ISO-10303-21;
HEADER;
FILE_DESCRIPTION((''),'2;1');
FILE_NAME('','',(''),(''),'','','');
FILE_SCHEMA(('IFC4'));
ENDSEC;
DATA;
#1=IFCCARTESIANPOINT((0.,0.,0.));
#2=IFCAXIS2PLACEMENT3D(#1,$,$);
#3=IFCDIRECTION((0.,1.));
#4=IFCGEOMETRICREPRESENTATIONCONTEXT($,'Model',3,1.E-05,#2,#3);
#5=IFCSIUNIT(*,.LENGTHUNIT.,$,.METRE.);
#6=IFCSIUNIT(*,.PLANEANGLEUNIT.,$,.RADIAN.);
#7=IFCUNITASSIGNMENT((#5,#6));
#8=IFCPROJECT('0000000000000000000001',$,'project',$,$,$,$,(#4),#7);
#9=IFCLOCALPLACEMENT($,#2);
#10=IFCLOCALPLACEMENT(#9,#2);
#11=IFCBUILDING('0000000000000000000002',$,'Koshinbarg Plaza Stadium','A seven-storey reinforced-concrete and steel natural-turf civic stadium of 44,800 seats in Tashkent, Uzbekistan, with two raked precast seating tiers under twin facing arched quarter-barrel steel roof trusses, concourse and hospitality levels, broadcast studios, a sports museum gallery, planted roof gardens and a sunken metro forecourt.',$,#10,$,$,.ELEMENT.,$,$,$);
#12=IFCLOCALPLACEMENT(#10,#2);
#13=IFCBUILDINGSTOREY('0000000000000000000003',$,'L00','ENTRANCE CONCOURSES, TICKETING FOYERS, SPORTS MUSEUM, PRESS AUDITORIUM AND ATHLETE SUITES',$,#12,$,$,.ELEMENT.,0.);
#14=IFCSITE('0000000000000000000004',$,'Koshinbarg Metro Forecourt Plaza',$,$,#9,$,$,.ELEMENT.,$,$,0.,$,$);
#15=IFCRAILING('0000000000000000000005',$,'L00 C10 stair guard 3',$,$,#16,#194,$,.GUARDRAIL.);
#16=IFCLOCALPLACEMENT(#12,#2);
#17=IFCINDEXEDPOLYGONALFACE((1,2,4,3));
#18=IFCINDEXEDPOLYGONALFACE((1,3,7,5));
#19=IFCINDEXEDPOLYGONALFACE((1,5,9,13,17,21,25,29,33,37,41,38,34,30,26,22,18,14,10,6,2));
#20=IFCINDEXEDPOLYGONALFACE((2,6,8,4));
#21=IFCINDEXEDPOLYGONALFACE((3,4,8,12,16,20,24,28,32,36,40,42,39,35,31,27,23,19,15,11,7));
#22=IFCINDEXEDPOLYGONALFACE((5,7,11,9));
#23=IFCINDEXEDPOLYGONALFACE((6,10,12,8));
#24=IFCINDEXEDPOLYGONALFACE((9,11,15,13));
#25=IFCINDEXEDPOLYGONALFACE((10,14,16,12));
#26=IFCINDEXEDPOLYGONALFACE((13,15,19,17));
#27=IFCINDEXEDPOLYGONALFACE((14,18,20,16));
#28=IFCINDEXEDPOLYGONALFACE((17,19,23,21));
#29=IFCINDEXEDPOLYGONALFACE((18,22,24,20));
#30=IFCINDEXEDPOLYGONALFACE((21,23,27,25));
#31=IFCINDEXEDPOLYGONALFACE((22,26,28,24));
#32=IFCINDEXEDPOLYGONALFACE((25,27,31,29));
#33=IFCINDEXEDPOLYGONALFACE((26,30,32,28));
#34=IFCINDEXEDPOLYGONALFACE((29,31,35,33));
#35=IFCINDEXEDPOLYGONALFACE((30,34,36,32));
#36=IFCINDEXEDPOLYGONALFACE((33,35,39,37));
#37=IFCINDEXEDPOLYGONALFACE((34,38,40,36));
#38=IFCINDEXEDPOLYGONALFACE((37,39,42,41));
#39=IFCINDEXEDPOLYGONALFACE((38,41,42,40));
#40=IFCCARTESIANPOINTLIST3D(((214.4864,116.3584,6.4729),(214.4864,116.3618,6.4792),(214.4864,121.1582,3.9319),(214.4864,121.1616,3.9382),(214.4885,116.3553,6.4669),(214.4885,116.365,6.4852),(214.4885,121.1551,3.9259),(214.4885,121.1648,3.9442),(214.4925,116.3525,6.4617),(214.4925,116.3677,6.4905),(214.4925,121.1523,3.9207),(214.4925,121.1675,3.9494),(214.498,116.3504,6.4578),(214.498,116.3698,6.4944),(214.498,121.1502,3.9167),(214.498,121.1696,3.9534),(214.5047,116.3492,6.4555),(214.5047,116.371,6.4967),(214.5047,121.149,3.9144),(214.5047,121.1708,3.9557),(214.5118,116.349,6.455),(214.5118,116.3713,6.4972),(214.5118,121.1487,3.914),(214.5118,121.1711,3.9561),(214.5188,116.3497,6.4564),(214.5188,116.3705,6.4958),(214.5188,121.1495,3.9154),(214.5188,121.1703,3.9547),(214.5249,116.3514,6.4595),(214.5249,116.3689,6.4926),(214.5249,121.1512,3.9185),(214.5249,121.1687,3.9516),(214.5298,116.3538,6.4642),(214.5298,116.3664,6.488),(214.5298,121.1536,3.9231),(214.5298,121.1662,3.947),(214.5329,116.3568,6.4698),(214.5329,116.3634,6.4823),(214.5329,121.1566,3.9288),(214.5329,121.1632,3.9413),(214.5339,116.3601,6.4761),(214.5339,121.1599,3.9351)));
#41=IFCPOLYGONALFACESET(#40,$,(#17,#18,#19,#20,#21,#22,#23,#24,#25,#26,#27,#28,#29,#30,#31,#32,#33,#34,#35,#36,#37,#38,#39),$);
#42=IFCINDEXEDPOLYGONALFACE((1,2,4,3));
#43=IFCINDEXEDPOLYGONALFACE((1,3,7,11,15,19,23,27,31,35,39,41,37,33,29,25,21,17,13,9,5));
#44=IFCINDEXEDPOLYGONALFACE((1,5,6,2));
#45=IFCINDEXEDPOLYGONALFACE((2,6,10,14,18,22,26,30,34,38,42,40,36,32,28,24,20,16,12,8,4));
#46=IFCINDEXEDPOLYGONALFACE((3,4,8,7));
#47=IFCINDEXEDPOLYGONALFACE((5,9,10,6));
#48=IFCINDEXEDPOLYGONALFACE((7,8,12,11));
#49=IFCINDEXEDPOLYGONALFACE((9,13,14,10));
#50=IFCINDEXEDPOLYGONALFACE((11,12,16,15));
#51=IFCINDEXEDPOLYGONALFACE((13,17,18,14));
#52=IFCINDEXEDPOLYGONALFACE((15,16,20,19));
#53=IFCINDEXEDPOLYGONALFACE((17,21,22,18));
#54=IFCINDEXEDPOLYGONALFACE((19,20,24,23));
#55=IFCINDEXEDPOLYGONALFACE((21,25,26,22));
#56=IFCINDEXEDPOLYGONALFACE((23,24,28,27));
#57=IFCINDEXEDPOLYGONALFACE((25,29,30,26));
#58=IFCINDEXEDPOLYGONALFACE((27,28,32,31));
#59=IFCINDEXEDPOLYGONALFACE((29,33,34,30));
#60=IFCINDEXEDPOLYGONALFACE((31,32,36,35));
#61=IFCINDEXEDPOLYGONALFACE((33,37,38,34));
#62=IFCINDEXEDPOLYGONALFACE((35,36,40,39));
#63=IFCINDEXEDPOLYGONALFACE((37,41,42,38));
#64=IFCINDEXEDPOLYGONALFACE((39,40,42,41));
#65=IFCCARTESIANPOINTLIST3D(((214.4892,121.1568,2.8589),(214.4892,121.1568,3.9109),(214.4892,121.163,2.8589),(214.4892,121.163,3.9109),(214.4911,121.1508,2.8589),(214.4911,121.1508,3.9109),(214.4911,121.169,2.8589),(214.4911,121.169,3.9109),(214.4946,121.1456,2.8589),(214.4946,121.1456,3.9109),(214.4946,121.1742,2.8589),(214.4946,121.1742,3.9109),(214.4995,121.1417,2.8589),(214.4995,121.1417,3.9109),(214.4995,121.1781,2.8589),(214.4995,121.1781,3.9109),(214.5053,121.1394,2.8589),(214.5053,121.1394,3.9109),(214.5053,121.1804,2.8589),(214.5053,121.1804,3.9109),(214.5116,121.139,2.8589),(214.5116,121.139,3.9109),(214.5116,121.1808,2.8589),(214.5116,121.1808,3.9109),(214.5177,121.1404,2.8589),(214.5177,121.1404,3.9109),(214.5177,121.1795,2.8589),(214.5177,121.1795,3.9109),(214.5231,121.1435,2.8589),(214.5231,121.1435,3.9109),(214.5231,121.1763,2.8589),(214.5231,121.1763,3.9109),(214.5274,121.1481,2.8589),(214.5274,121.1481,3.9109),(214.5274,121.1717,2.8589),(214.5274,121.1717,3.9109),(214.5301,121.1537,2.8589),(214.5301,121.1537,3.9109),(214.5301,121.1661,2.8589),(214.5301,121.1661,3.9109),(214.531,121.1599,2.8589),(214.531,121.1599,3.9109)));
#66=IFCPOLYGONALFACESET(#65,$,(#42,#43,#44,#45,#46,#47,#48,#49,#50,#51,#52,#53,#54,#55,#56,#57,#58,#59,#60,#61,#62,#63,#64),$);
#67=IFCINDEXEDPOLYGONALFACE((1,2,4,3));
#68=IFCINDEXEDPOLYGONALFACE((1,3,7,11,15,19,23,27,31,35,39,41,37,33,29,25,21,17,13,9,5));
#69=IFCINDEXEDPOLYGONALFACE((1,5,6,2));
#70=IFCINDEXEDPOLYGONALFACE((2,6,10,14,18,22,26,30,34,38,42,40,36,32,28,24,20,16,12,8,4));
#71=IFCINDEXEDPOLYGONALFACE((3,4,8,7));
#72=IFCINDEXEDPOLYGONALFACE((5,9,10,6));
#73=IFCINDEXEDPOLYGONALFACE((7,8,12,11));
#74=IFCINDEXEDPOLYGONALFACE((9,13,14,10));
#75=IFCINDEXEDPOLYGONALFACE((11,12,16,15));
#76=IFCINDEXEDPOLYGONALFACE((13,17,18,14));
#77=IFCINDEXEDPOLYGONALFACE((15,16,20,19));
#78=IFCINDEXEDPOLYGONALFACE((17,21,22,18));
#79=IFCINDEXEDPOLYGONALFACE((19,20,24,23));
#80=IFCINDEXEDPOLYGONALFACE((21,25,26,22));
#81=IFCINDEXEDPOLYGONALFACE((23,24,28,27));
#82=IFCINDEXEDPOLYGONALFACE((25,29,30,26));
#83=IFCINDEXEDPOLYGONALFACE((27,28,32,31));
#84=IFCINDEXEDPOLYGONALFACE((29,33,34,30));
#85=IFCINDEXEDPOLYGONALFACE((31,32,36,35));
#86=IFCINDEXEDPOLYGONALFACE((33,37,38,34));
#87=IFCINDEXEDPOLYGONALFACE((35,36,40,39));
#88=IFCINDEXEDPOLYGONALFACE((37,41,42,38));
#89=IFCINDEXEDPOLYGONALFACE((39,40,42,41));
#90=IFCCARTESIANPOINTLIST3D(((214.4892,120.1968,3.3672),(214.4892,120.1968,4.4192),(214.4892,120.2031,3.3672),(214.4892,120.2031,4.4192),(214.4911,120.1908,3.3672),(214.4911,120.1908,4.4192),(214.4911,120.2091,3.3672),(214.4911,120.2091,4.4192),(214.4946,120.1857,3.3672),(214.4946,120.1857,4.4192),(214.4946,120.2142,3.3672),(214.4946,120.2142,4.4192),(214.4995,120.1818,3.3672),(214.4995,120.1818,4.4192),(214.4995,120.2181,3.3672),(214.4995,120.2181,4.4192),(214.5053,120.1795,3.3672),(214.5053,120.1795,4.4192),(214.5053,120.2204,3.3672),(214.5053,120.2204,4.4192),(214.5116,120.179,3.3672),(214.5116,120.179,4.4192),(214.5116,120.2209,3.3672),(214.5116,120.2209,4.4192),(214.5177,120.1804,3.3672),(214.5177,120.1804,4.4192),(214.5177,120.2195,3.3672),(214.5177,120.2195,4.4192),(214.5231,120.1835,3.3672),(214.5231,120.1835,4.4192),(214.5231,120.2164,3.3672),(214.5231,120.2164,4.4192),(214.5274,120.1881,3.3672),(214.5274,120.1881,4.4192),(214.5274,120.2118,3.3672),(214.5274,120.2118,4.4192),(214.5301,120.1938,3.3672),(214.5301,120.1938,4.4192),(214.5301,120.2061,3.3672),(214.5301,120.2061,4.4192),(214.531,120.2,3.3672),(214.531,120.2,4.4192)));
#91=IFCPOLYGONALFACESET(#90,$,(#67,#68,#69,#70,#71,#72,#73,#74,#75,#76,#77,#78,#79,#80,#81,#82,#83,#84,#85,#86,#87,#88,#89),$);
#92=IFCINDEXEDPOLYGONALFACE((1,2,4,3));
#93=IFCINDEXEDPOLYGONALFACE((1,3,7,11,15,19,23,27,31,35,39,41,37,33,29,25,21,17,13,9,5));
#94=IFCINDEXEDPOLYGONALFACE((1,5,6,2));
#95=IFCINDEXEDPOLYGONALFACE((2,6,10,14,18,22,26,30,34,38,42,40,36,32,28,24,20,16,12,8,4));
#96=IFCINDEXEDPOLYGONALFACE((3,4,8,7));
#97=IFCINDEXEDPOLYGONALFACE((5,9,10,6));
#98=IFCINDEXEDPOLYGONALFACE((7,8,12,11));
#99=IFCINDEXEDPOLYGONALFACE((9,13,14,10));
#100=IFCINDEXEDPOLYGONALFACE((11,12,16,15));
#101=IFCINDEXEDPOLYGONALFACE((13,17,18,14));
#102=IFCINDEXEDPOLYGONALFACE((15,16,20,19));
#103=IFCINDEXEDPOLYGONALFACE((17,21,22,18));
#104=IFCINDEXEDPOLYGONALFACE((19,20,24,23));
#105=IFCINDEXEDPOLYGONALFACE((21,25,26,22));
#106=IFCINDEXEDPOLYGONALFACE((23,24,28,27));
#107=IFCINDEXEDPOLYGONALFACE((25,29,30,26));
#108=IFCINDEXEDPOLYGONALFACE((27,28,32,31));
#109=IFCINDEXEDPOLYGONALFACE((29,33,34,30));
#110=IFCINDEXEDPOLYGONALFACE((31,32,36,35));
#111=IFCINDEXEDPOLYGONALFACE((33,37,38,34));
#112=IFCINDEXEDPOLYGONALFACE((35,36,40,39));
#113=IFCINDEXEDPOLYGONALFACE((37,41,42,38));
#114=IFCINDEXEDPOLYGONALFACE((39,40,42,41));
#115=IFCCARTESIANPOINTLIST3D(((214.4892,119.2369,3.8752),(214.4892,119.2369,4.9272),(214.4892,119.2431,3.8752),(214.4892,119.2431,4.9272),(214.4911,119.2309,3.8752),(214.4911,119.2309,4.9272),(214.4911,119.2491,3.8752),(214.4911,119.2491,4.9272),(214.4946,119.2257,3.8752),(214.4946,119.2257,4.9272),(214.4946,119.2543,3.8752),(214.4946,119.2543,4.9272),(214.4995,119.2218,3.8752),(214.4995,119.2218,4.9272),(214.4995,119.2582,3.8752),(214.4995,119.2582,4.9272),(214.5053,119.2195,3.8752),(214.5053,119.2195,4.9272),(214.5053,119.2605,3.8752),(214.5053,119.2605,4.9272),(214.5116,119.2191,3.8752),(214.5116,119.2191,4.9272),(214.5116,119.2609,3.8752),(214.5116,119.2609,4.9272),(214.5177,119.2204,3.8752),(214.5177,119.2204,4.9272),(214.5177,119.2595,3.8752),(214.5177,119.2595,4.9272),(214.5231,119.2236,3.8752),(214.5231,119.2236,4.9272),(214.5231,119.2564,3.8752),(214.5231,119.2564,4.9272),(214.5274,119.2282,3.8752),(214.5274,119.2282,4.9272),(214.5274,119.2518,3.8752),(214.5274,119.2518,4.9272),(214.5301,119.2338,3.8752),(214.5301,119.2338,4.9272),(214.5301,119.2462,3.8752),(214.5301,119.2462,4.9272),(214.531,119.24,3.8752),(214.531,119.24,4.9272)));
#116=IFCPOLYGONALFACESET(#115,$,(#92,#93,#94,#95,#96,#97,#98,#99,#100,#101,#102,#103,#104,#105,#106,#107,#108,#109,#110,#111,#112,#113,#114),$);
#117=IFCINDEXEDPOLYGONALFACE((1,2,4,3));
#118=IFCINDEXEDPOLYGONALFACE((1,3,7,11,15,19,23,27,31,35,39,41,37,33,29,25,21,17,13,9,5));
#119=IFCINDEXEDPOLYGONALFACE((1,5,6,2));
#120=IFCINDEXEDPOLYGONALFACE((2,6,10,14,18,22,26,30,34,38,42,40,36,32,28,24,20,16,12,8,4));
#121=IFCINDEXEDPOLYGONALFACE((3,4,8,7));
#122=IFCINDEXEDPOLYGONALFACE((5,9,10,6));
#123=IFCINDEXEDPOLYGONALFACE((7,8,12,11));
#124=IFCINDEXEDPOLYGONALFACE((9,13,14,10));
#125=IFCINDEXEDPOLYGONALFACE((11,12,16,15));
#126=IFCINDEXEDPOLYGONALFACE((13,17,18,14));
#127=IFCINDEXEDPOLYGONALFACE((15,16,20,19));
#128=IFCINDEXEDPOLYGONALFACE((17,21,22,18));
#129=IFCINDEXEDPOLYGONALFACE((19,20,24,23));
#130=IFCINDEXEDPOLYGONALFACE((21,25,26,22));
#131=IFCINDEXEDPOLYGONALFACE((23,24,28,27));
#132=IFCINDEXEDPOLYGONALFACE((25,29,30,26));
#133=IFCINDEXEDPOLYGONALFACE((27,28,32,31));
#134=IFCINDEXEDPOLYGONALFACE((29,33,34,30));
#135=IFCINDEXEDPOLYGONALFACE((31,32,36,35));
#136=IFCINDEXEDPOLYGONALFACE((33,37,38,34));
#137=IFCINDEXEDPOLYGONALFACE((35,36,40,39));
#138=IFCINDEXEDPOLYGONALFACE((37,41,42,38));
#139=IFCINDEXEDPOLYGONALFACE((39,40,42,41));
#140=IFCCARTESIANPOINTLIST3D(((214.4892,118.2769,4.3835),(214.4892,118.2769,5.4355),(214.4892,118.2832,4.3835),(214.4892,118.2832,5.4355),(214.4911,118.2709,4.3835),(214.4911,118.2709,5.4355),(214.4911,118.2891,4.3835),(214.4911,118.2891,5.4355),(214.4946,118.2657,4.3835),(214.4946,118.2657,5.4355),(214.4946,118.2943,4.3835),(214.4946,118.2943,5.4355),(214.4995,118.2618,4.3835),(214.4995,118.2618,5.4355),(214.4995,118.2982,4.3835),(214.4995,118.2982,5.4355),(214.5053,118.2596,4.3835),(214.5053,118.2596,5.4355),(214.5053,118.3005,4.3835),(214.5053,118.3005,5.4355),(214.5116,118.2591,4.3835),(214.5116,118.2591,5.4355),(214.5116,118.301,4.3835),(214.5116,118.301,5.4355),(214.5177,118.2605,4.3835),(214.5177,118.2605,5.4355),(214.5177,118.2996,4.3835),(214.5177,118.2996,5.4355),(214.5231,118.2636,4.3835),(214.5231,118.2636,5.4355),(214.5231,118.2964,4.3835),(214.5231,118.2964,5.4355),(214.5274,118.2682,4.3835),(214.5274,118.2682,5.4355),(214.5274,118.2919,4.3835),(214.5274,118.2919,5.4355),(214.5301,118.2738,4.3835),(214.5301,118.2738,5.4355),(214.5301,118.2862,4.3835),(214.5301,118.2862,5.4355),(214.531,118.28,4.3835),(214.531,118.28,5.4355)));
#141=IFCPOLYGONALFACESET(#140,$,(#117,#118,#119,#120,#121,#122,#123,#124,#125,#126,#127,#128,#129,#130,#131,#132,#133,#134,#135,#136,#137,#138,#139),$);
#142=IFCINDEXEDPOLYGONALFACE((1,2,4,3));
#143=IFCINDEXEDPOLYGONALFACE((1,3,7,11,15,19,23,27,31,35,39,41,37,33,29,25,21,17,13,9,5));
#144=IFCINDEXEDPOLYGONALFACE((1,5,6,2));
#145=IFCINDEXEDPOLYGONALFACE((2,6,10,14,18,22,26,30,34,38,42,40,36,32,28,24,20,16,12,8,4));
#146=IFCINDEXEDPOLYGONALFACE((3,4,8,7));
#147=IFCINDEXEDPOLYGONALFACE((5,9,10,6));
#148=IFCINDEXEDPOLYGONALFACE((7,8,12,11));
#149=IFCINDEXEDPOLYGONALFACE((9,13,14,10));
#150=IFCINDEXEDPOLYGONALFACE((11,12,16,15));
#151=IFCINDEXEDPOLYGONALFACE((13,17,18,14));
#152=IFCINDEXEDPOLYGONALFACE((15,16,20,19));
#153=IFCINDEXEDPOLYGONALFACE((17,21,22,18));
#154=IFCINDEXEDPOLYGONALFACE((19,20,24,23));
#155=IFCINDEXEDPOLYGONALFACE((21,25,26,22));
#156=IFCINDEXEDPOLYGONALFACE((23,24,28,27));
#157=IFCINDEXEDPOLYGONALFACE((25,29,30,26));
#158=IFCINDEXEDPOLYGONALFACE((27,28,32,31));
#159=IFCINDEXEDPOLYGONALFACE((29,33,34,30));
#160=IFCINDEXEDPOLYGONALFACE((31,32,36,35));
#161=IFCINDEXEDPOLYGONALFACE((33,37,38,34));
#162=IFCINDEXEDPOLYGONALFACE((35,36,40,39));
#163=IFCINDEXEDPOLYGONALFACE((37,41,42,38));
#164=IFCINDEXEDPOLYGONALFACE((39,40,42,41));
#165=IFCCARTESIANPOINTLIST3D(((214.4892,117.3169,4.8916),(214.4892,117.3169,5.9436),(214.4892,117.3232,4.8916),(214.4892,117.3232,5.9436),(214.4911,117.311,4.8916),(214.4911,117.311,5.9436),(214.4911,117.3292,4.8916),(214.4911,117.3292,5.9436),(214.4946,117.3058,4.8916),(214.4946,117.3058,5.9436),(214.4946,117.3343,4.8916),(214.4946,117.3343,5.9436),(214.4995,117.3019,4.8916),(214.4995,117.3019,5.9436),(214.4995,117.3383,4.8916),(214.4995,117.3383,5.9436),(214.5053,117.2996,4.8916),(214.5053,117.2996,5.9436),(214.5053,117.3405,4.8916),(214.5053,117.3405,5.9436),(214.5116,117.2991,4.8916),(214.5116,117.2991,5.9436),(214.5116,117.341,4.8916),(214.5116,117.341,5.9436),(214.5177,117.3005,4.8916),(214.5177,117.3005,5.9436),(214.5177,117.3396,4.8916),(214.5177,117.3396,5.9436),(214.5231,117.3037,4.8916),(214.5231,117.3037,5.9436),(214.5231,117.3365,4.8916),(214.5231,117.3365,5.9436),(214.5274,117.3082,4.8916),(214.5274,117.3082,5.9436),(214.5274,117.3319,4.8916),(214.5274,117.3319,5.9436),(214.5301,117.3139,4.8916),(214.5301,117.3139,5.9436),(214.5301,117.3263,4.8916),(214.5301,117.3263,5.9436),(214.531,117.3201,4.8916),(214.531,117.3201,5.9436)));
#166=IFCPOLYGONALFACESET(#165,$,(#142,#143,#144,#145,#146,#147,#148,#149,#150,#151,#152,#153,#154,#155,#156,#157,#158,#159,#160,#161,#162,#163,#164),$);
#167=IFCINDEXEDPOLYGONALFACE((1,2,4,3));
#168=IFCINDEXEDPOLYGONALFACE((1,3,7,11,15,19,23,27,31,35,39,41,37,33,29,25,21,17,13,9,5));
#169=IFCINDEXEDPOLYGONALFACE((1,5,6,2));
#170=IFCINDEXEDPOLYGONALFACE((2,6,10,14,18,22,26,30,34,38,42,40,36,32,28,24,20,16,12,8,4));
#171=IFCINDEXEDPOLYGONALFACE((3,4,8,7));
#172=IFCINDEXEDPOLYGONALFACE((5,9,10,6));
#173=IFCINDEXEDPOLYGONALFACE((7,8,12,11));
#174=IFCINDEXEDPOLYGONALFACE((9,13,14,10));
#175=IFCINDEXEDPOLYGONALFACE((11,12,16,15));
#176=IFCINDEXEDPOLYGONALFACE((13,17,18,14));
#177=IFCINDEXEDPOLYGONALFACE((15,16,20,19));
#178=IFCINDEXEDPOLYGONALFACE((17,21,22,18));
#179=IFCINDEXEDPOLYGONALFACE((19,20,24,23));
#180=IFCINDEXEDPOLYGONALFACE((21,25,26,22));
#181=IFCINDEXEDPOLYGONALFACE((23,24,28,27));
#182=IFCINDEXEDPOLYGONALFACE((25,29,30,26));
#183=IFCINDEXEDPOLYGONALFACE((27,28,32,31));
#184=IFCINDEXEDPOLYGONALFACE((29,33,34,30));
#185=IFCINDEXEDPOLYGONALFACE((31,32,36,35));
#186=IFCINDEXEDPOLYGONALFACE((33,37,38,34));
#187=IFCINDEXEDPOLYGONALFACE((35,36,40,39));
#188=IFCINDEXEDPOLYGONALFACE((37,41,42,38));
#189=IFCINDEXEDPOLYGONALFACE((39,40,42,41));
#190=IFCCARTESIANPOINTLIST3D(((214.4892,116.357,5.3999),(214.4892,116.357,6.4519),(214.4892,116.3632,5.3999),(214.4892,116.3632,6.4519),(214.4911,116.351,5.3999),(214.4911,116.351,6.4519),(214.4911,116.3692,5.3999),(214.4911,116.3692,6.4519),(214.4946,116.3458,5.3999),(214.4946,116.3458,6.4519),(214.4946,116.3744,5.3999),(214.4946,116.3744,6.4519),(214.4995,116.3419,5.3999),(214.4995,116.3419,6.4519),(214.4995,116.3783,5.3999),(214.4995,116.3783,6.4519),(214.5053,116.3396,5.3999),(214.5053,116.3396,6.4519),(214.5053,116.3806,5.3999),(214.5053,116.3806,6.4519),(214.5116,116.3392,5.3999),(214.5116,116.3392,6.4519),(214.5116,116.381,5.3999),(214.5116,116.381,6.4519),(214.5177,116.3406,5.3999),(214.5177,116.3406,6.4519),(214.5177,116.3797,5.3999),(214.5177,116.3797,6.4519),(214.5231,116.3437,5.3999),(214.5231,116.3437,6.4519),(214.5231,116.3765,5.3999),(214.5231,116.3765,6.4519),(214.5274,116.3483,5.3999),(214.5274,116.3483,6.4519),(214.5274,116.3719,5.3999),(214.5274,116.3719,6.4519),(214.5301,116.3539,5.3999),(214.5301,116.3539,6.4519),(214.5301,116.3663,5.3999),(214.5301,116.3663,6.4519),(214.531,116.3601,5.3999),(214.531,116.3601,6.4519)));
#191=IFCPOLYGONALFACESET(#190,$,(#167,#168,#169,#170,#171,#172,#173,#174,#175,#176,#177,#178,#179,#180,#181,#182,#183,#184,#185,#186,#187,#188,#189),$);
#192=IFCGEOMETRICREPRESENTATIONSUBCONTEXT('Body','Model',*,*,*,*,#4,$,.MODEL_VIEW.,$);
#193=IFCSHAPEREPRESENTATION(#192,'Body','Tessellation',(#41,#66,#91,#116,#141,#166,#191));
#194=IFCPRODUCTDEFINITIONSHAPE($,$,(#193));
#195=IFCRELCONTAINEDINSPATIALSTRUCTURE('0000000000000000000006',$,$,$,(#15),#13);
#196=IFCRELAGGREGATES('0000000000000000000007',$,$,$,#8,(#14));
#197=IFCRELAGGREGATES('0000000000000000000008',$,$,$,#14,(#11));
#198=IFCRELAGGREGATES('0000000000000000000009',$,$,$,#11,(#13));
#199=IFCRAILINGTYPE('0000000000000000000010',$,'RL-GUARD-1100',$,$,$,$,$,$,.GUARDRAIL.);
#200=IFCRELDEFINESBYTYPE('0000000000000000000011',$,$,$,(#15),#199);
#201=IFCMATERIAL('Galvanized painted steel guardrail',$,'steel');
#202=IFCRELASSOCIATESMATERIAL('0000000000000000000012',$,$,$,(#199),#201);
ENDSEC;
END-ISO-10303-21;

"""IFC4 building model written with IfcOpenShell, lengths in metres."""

from ifc_helpers import new_model, si_unit, direction, frame, origin, origin_2d, place, context, subcontext, project, spatial, circle, extrude, material, type_object, element, save


model = new_model("IFC4")

# Units and contexts
model_context = context("Model", 3, precision=1e-05, world=origin(), true_north=direction((0.0, 1.0)))
body_context = subcontext(model_context, "Body", "Model", "MODEL_VIEW")
ifc_project = project(units=[si_unit("LENGTHUNIT", "METRE"), si_unit("PLANEANGLEUNIT", "RADIAN")], contexts=[model_context])

# Site, building, storey
site_placement = place(None, origin())
site = spatial("IfcSite", under=ifc_project, at=site_placement, Name="Koshinbarg Metro Forecourt Plaza", CompositionType="ELEMENT", RefElevation=0.0)
building_placement = place(site_placement, origin())
building = spatial("IfcBuilding", under=site, at=building_placement, Name="Koshinbarg Plaza Stadium", Description="A seven-storey reinforced-concrete and steel natural-turf civic stadium of 44,800 seats in Tashkent, Uzbekistan, with two raked precast seating tiers under twin facing arched quarter-barrel steel roof trusses, concourse and hospitality levels, broadcast studios, a sports museum gallery, planted roof gardens and a sunken metro forecourt.", CompositionType="ELEMENT")
storey_placement = place(building_placement, origin())
storey = spatial("IfcBuildingStorey", under=building, at=storey_placement, Name="L00", Description="ENTRANCE CONCOURSES, TICKETING FOYERS, SPORTS MUSEUM, PRESS AUDITORIUM AND ATHLETE SUITES", CompositionType="ELEMENT", Elevation=0.0)

# Railing
ifc_material_1 = material(Name="Galvanized painted steel guardrail", Category="steel")
railing_type_1 = type_object("IfcRailingType", Name="RL-GUARD-1100", PredefinedType="GUARDRAIL", material=ifc_material_1)
railing_1_placement = place(storey_placement, frame((214.51, 121.1599, 2.8589)))
element("IfcRailing", 1, at=railing_1_placement, inside=storey, type_object=railing_type_1, Name="L00 C10 stair guard 3", PredefinedType="GUARDRAIL", context=body_context, shape_type="SweptSolid", body=[
    extrude(circle(Radius=0.0239, at=origin_2d()), frame((0.0, 0.0, 1.0762), z_axis=(0.0, -0.883792, 0.467879), x_axis=(1.0, 0.0, 0.0)), (0.0, 0.0, 1.0), 5.4309),
    extrude(circle(Radius=0.021, at=origin_2d()), origin(), (0.0, 0.0, 1.0), 1.052),
    extrude(circle(Radius=0.021, at=origin_2d()), frame((0.0, -0.96, 0.5083)), (0.0, 0.0, 1.0), 1.052),
    extrude(circle(Radius=0.021, at=origin_2d()), frame((0.0, -1.9199, 1.0164)), (0.0, 0.0, 1.0), 1.052),
    extrude(circle(Radius=0.021, at=origin_2d()), frame((0.0, -2.8799, 1.5247)), (0.0, 0.0, 1.0), 1.052),
    extrude(circle(Radius=0.021, at=origin_2d()), frame((0.0, -3.8398, 2.0327)), (0.0, 0.0, 1.0), 1.052),
    extrude(circle(Radius=0.021, at=origin_2d()), frame((0.0, -4.7998, 2.541)), (0.0, 0.0, 1.0), 1.052),
])

save(model, "model.ifc")
